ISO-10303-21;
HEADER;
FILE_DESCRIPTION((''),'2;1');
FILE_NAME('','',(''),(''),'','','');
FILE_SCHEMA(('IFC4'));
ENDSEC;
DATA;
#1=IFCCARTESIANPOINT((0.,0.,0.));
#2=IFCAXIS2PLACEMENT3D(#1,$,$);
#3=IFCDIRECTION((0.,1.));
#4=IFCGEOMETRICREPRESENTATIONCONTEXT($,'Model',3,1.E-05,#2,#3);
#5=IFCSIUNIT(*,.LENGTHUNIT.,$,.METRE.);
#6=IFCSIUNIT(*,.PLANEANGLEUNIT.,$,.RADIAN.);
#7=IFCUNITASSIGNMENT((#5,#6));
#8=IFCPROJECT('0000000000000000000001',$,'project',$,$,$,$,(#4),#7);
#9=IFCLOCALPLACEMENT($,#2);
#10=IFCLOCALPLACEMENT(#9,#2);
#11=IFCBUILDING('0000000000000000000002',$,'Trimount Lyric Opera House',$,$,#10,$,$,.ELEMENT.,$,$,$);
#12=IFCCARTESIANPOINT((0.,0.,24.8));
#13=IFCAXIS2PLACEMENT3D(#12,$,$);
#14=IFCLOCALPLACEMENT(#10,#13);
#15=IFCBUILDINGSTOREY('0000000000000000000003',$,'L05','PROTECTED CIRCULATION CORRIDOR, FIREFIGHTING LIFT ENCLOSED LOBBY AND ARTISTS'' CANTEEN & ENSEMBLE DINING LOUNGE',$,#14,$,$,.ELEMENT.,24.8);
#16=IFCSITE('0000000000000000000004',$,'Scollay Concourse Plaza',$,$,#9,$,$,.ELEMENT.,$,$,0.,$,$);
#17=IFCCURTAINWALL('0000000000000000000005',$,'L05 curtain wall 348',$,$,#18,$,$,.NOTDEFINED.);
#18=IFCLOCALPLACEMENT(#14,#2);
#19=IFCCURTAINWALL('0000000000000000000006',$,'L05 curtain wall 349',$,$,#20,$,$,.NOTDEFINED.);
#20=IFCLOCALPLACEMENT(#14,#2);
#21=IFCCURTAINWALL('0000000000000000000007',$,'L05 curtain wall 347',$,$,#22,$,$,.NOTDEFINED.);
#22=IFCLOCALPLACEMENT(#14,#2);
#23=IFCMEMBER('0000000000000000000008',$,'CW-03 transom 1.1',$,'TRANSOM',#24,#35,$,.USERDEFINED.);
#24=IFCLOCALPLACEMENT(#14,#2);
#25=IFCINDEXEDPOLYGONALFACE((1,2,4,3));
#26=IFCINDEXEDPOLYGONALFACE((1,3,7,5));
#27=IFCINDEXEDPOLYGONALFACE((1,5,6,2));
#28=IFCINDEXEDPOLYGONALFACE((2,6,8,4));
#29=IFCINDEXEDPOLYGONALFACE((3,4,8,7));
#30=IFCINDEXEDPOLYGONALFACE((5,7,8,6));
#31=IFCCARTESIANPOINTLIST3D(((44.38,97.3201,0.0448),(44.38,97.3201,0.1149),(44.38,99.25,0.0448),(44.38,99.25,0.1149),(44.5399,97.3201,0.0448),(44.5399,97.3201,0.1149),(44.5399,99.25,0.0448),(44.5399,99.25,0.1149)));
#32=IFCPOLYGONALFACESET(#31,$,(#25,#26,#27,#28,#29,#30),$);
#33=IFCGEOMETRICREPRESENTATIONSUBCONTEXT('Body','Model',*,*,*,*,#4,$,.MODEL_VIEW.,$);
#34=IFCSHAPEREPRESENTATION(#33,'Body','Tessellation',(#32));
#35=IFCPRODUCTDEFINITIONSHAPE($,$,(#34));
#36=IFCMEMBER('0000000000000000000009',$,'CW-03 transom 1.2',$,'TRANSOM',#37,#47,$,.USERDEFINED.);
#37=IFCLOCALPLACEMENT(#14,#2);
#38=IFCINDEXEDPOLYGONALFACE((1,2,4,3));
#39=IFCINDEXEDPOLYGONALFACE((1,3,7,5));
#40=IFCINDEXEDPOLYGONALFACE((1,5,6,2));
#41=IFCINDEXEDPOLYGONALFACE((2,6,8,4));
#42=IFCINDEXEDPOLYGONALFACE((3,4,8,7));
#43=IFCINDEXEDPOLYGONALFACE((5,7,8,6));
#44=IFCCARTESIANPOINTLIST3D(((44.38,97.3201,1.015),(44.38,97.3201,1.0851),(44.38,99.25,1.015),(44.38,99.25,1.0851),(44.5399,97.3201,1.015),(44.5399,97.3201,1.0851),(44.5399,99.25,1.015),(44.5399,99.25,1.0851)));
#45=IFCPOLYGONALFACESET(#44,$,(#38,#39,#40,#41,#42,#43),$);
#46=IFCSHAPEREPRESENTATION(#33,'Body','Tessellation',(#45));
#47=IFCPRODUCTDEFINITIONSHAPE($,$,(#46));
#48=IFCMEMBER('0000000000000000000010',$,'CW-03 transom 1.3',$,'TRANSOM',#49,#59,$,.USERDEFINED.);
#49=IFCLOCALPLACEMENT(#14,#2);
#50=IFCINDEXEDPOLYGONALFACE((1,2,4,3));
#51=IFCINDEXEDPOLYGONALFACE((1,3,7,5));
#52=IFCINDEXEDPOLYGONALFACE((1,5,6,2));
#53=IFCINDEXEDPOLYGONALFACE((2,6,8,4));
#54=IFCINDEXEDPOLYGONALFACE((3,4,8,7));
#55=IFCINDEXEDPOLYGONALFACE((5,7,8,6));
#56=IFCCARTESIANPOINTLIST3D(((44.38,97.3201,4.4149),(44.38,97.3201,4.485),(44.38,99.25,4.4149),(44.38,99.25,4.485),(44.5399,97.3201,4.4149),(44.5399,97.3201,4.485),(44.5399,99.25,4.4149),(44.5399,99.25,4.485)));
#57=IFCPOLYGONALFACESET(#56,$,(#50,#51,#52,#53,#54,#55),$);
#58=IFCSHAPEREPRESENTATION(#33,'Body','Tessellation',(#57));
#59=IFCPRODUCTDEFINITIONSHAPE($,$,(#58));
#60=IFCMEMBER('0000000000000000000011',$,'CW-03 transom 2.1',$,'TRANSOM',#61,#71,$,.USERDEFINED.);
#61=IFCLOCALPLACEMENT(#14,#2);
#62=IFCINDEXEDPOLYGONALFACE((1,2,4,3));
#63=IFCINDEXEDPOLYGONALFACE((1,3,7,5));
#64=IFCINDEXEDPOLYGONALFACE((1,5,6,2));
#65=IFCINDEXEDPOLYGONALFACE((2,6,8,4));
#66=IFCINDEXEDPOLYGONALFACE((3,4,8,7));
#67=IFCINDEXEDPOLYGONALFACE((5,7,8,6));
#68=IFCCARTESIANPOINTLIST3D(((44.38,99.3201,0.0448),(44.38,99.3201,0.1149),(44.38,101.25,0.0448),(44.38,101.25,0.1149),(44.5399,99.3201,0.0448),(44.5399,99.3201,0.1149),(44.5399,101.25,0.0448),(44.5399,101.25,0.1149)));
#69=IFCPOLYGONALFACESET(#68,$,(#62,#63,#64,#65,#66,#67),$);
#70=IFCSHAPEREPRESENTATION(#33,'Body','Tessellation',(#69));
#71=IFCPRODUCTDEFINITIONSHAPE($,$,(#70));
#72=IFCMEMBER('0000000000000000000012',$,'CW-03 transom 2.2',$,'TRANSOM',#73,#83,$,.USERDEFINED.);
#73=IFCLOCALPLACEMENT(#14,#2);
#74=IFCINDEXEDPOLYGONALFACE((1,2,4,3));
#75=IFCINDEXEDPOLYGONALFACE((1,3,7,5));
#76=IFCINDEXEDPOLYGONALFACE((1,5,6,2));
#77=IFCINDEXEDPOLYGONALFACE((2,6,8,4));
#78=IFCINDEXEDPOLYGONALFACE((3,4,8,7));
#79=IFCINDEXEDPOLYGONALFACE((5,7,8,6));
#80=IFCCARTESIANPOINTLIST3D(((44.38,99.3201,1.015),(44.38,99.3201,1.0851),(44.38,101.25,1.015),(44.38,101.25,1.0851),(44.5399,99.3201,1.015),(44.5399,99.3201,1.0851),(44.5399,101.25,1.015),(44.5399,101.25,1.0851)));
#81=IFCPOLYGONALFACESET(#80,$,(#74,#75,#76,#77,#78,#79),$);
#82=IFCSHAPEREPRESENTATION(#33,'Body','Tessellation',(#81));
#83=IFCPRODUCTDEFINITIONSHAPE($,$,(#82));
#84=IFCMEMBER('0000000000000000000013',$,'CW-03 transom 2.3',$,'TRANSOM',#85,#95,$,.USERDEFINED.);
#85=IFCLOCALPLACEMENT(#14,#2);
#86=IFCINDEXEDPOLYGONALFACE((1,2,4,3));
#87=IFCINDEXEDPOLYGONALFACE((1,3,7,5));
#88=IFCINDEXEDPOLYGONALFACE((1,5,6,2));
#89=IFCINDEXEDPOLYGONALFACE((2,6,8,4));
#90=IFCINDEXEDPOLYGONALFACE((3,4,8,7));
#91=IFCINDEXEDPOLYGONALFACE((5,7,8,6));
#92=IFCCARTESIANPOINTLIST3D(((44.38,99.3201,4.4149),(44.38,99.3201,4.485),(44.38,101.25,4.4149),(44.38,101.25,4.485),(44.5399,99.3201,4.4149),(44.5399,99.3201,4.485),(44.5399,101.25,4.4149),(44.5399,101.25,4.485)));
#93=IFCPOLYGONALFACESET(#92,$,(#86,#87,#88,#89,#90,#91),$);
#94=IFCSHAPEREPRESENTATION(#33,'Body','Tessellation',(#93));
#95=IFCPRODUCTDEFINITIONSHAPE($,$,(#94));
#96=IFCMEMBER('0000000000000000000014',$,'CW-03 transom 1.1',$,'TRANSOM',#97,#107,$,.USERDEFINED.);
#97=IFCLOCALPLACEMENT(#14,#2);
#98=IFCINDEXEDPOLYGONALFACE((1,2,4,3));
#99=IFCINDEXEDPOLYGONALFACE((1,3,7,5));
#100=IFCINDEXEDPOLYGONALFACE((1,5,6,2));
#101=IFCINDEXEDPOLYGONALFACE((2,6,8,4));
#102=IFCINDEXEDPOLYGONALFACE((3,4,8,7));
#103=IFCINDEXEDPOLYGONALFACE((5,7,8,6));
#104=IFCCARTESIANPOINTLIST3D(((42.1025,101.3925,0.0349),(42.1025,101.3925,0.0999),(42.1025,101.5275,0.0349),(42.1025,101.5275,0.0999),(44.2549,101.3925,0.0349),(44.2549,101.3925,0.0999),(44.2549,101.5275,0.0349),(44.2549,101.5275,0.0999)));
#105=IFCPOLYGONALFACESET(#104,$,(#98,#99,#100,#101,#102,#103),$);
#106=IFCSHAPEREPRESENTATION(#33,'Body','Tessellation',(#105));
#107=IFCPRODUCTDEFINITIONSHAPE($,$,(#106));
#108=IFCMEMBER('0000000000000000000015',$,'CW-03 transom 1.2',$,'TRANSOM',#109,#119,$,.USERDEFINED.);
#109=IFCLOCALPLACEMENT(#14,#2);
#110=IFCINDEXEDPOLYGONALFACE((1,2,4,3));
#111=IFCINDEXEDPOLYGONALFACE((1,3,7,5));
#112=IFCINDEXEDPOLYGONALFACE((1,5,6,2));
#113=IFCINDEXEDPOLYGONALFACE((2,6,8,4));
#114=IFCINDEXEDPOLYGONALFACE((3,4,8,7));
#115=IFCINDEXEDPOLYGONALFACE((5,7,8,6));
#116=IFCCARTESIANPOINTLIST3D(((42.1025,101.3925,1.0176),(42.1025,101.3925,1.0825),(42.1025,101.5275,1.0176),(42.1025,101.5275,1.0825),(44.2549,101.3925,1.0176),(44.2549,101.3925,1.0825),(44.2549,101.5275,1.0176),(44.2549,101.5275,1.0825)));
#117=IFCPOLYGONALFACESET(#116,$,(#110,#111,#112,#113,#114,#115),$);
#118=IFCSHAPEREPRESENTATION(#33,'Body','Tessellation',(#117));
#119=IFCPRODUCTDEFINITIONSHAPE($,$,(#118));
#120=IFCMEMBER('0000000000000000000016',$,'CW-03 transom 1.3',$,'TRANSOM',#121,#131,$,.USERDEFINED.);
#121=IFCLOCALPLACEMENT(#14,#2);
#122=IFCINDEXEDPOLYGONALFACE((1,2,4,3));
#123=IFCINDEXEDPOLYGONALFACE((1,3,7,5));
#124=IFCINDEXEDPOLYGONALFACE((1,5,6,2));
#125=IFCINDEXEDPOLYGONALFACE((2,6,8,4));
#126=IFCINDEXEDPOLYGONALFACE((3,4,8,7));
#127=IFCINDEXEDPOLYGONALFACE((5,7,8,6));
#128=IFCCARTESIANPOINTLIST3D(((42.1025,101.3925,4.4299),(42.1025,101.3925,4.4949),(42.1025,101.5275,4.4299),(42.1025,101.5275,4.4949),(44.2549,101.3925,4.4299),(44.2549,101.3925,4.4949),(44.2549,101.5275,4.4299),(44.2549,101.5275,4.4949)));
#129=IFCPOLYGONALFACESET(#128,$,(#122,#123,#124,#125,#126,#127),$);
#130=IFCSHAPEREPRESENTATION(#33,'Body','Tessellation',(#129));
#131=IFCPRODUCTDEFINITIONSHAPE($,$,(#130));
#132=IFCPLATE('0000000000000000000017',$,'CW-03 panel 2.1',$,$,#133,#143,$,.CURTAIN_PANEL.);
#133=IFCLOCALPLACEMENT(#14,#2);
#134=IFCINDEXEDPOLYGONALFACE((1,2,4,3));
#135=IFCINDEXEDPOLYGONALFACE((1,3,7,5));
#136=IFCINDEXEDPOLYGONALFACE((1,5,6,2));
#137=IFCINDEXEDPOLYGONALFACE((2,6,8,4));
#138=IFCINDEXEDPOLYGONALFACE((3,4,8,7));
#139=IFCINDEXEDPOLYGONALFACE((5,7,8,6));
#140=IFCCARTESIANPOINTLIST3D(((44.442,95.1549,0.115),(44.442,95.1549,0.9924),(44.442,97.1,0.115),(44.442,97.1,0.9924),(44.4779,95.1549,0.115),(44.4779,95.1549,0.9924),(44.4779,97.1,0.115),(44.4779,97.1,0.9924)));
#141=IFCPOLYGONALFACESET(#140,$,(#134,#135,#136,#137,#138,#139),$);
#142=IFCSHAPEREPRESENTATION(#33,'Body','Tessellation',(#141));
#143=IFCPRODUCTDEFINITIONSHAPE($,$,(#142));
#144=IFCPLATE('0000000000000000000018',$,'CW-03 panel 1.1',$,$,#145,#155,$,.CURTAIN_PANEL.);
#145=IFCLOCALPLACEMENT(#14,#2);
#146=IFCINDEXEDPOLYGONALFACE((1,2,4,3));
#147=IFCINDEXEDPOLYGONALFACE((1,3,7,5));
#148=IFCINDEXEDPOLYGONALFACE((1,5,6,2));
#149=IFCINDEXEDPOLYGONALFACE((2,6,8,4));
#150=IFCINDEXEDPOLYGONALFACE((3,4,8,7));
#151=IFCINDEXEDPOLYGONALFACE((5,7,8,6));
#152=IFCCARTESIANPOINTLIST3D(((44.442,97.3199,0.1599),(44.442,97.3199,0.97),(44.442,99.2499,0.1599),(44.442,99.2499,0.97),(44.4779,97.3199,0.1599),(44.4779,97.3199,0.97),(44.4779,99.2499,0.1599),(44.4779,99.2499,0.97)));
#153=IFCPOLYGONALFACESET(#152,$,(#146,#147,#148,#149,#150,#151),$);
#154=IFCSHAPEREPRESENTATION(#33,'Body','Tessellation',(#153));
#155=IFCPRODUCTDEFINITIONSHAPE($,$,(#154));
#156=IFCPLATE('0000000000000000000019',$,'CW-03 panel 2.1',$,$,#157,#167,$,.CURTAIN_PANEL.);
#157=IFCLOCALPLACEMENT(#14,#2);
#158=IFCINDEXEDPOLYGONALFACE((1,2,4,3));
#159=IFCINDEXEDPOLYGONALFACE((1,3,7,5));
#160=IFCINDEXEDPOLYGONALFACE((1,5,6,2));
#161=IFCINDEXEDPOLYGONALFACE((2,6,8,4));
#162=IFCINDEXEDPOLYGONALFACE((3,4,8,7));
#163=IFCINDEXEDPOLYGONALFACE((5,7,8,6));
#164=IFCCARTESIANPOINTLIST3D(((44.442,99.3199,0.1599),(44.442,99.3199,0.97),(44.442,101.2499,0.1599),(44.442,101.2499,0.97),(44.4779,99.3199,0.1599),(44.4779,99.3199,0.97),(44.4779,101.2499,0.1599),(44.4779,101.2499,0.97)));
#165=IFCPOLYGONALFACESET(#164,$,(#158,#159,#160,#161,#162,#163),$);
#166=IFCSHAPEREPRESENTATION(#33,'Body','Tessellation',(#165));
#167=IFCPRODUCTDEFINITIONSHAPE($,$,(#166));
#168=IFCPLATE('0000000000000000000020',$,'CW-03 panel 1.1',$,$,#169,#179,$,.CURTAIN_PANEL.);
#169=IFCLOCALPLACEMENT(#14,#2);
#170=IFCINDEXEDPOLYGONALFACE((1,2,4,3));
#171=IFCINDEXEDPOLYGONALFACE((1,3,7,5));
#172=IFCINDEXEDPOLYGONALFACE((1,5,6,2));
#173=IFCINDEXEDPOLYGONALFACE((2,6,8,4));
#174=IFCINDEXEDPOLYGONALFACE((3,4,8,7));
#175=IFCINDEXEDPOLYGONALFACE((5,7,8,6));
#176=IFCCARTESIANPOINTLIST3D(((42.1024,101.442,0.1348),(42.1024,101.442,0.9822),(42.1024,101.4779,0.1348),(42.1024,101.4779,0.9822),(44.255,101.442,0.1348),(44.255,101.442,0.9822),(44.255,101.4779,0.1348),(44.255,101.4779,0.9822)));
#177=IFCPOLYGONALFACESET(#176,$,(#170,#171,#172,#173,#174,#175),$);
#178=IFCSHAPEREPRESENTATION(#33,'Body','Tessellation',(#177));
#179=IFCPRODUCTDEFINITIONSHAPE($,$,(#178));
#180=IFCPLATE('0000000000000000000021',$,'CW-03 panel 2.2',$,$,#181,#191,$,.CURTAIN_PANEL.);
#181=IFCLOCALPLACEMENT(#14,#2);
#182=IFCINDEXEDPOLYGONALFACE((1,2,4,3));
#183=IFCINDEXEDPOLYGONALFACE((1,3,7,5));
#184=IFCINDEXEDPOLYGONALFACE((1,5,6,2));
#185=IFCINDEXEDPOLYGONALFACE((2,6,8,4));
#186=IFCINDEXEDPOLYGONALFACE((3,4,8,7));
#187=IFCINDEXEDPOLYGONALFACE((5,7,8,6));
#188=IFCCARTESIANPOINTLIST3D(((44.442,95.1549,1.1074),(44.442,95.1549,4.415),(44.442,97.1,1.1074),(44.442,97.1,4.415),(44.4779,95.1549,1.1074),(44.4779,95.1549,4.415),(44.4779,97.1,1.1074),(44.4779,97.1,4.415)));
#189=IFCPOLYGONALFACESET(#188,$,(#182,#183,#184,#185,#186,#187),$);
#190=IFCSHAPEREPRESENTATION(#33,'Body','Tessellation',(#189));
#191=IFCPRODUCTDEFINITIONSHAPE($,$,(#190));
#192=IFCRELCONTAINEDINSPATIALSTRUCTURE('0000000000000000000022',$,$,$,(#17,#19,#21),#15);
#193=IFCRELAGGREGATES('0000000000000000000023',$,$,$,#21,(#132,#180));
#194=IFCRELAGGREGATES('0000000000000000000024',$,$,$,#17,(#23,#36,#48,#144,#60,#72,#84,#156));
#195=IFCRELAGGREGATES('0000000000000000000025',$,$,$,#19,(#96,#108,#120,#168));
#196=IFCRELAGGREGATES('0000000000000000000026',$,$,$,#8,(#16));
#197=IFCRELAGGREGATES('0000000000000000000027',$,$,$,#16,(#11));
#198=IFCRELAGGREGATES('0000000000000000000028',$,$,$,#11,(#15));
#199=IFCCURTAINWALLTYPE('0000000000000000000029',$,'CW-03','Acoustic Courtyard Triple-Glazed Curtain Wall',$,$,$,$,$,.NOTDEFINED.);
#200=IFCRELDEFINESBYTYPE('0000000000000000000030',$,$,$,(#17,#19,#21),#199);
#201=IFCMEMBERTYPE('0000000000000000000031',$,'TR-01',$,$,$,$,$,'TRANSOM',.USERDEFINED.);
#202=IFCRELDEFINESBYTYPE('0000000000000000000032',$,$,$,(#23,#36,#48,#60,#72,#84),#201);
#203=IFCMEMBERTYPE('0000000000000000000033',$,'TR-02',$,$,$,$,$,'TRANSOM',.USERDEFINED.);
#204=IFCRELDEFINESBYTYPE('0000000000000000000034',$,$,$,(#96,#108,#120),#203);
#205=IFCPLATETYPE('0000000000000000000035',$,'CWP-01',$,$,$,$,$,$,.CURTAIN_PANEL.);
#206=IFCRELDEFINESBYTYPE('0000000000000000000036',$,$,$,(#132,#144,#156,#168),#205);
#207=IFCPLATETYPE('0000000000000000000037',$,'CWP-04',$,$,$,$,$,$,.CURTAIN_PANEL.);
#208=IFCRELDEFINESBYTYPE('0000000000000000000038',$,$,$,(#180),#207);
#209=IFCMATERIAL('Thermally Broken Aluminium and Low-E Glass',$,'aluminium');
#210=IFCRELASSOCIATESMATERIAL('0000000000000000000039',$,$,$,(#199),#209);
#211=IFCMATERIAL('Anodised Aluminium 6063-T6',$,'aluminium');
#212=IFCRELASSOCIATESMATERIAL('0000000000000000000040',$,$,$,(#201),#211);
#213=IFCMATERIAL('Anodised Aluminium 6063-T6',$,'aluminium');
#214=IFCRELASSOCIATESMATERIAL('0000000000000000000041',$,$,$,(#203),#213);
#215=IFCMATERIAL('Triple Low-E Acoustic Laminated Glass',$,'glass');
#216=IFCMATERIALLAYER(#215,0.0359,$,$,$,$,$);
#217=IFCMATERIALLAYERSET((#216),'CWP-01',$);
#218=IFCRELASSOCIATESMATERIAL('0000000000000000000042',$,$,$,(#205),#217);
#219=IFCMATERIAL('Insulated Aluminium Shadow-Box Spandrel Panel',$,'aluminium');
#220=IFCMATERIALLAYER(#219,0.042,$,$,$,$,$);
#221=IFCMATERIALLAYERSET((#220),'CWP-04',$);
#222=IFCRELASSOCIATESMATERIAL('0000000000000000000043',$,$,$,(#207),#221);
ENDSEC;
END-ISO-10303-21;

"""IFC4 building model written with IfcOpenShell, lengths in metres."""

from ifc_helpers import new_model, si_unit, direction, frame, origin, origin_2d, place, context, subcontext, project, spatial, rectangle, extrude, material, layer, layer_set, material_profile, profile_set, type_object, element, aggregate, save


model = new_model("IFC4")

# Units and contexts
model_context = context("Model", 3, precision=1e-05, world=origin(), true_north=direction((0.0, 1.0)))
body_context = subcontext(model_context, "Body", "Model", "MODEL_VIEW")
ifc_project = project(units=[si_unit("LENGTHUNIT", "METRE"), si_unit("PLANEANGLEUNIT", "RADIAN")], contexts=[model_context])

# Site, building, storey
site_placement = place(None, origin())
site = spatial("IfcSite", under=ifc_project, at=site_placement, Name="Scollay Concourse Plaza", CompositionType="ELEMENT", RefElevation=0.0)
building_placement = place(site_placement, origin())
building = spatial("IfcBuilding", under=site, at=building_placement, Name="Trimount Lyric Opera House", CompositionType="ELEMENT")
storey_placement = place(building_placement, frame((0.0, 0.0, 24.8)))
storey = spatial("IfcBuildingStorey", under=building, at=storey_placement, Name="L05", Description="PROTECTED CIRCULATION CORRIDOR, FIREFIGHTING LIFT ENCLOSED LOBBY AND ARTISTS' CANTEEN & ENSEMBLE DINING LOUNGE", CompositionType="ELEMENT", Elevation=24.8)

# Curtain walls
ifc_material_1 = material(Name="Thermally Broken Aluminium and Low-E Glass", Category="aluminium")
curtain_wall_type = type_object("IfcCurtainWallType", Name="CW-03", Description="Acoustic Courtyard Triple-Glazed Curtain Wall", PredefinedType="NOTDEFINED", material=ifc_material_1)
curtain_wall_1_placement = place(storey_placement, origin())
curtain_wall_1 = element("IfcCurtainWall", 1, at=curtain_wall_1_placement, inside=storey, type_object=curtain_wall_type, Name="L05 curtain wall 348", PredefinedType="NOTDEFINED")
curtain_wall_2_placement = place(storey_placement, origin())
curtain_wall_2 = element("IfcCurtainWall", 2, at=curtain_wall_2_placement, inside=storey, type_object=curtain_wall_type, Name="L05 curtain wall 349", PredefinedType="NOTDEFINED")

# Curtain wall
curtain_wall_3_placement = place(storey_placement, origin())
curtain_wall_3 = element("IfcCurtainWall", 3, at=curtain_wall_3_placement, inside=storey, type_object=curtain_wall_type, Name="L05 curtain wall 347", PredefinedType="NOTDEFINED")

# Members
ifc_material_2 = material(Name="Anodised Aluminium 6063-T6", Category="aluminium")
ifc_material_profile_1 = material_profile(ifc_material_2, rectangle(XDim=0.1599, YDim=0.0701, at=origin_2d()), Name="ALU-TRAN-70X160")
ifc_profile_set_1 = profile_set([ifc_material_profile_1], Name="Anodised Aluminium 6063-T6")
member_type_1 = type_object("IfcMemberType", Name="TR-01", ElementType="TRANSOM", PredefinedType="USERDEFINED", material=ifc_profile_set_1)
member_1_placement = place(storey_placement, frame((44.46, 97.3201, 0.0798), z_axis=(0.0, 1.0, 0.0), x_axis=(-1.0, 0.0, 0.0)))
member_1 = element("IfcMember", 4, at=member_1_placement, type_object=member_type_1, Name="CW-03 transom 1.1", ObjectType="TRANSOM", PredefinedType="USERDEFINED", context=body_context, shape_type="SweptSolid", body=[
    extrude(rectangle(XDim=0.1599, YDim=0.0701, at=origin_2d()), origin(), (0.0, 0.0, 1.0), 1.9299),
])
member_2_placement = place(storey_placement, frame((44.46, 97.3201, 1.05), z_axis=(0.0, 1.0, 0.0), x_axis=(-1.0, 0.0, 0.0)))
member_2 = element("IfcMember", 5, at=member_2_placement, type_object=member_type_1, Name="CW-03 transom 1.2", ObjectType="TRANSOM", PredefinedType="USERDEFINED", context=body_context, shape_type="SweptSolid", body=[
    extrude(rectangle(XDim=0.1599, YDim=0.0701, at=origin_2d()), origin(), (0.0, 0.0, 1.0), 1.9299),
])
member_3_placement = place(storey_placement, frame((44.46, 97.3201, 4.45), z_axis=(0.0, 1.0, 0.0), x_axis=(-1.0, 0.0, 0.0)))
member_3 = element("IfcMember", 6, at=member_3_placement, type_object=member_type_1, Name="CW-03 transom 1.3", ObjectType="TRANSOM", PredefinedType="USERDEFINED", context=body_context, shape_type="SweptSolid", body=[
    extrude(rectangle(XDim=0.1599, YDim=0.0701, at=origin_2d()), origin(), (0.0, 0.0, 1.0), 1.9299),
])
member_4_placement = place(storey_placement, frame((44.46, 99.3201, 0.0798), z_axis=(0.0, 1.0, 0.0), x_axis=(-1.0, 0.0, 0.0)))
member_4 = element("IfcMember", 7, at=member_4_placement, type_object=member_type_1, Name="CW-03 transom 2.1", ObjectType="TRANSOM", PredefinedType="USERDEFINED", context=body_context, shape_type="SweptSolid", body=[
    extrude(rectangle(XDim=0.1599, YDim=0.0701, at=origin_2d()), origin(), (0.0, 0.0, 1.0), 1.9299),
])
member_5_placement = place(storey_placement, frame((44.46, 99.3201, 1.05), z_axis=(0.0, 1.0, 0.0), x_axis=(-1.0, 0.0, 0.0)))
member_5 = element("IfcMember", 8, at=member_5_placement, type_object=member_type_1, Name="CW-03 transom 2.2", ObjectType="TRANSOM", PredefinedType="USERDEFINED", context=body_context, shape_type="SweptSolid", body=[
    extrude(rectangle(XDim=0.1599, YDim=0.0701, at=origin_2d()), origin(), (0.0, 0.0, 1.0), 1.9299),
])
member_6_placement = place(storey_placement, frame((44.46, 99.3201, 4.45), z_axis=(0.0, 1.0, 0.0), x_axis=(-1.0, 0.0, 0.0)))
member_6 = element("IfcMember", 9, at=member_6_placement, type_object=member_type_1, Name="CW-03 transom 2.3", ObjectType="TRANSOM", PredefinedType="USERDEFINED", context=body_context, shape_type="SweptSolid", body=[
    extrude(rectangle(XDim=0.1599, YDim=0.0701, at=origin_2d()), origin(), (0.0, 0.0, 1.0), 1.9299),
])
ifc_material_3 = material(Name="Anodised Aluminium 6063-T6", Category="aluminium")
ifc_material_profile_2 = material_profile(ifc_material_3, rectangle(XDim=0.135, YDim=0.0649, at=origin_2d()), Name="ALU-TRAN-65X135")
ifc_profile_set_2 = profile_set([ifc_material_profile_2], Name="Anodised Aluminium 6063-T6")
member_type_2 = type_object("IfcMemberType", Name="TR-02", ElementType="TRANSOM", PredefinedType="USERDEFINED", material=ifc_profile_set_2)
member_7_placement = place(storey_placement, frame((44.2549, 101.46, 0.0674), z_axis=(-1.0, 0.0, 0.0), x_axis=(0.0, -1.0, 0.0)))
member_7 = element("IfcMember", 10, at=member_7_placement, type_object=member_type_2, Name="CW-03 transom 1.1", ObjectType="TRANSOM", PredefinedType="USERDEFINED", context=body_context, shape_type="SweptSolid", body=[
    extrude(rectangle(XDim=0.135, YDim=0.0649, at=origin_2d()), origin(), (0.0, 0.0, 1.0), 2.1523),
])
member_8_placement = place(storey_placement, frame((44.2549, 101.46, 1.05), z_axis=(-1.0, 0.0, 0.0), x_axis=(0.0, -1.0, 0.0)))
member_8 = element("IfcMember", 11, at=member_8_placement, type_object=member_type_2, Name="CW-03 transom 1.2", ObjectType="TRANSOM", PredefinedType="USERDEFINED", context=body_context, shape_type="SweptSolid", body=[
    extrude(rectangle(XDim=0.135, YDim=0.0649, at=origin_2d()), origin(), (0.0, 0.0, 1.0), 2.1523),
])
member_9_placement = place(storey_placement, frame((44.2549, 101.46, 4.4624), z_axis=(-1.0, 0.0, 0.0), x_axis=(0.0, -1.0, 0.0)))
member_9 = element("IfcMember", 12, at=member_9_placement, type_object=member_type_2, Name="CW-03 transom 1.3", ObjectType="TRANSOM", PredefinedType="USERDEFINED", context=body_context, shape_type="SweptSolid", body=[
    extrude(rectangle(XDim=0.135, YDim=0.0649, at=origin_2d()), origin(), (0.0, 0.0, 1.0), 2.1523),
])

# Plates
ifc_material_4 = material(Name="Triple Low-E Acoustic Laminated Glass", Category="glass")
ifc_layer_1 = layer(ifc_material_4, 0.0359)
ifc_layer_set_1 = layer_set([ifc_layer_1], Name="CWP-01")
plate_type_1 = type_object("IfcPlateType", Name="CWP-01", PredefinedType="CURTAIN_PANEL", material=ifc_layer_set_1)
plate_1_placement = place(storey_placement, frame((44.46, 96.1274, 0.115), z_axis=(0.0, 0.0, 1.0), x_axis=(0.0, 1.0, 0.0)))
plate_1 = element("IfcPlate", 13, at=plate_1_placement, type_object=plate_type_1, Name="CW-03 panel 2.1", PredefinedType="CURTAIN_PANEL", context=body_context, shape_type="SweptSolid", body=[
    extrude(rectangle(XDim=1.9451, YDim=0.0359, at=origin_2d()), origin(), (0.0, 0.0, 1.0), 0.8774),
])
plate_2_placement = place(storey_placement, frame((44.46, 98.2849, 0.1599), z_axis=(0.0, 0.0, 1.0), x_axis=(0.0, 1.0, 0.0)))
plate_2 = element("IfcPlate", 14, at=plate_2_placement, type_object=plate_type_1, Name="CW-03 panel 1.1", PredefinedType="CURTAIN_PANEL", context=body_context, shape_type="SweptSolid", body=[
    extrude(rectangle(XDim=1.9299, YDim=0.0359, at=origin_2d()), origin(), (0.0, 0.0, 1.0), 0.8101),
])
plate_3_placement = place(storey_placement, frame((44.46, 100.2849, 0.1599), z_axis=(0.0, 0.0, 1.0), x_axis=(0.0, 1.0, 0.0)))
plate_3 = element("IfcPlate", 15, at=plate_3_placement, type_object=plate_type_1, Name="CW-03 panel 2.1", PredefinedType="CURTAIN_PANEL", context=body_context, shape_type="SweptSolid", body=[
    extrude(rectangle(XDim=1.9299, YDim=0.0359, at=origin_2d()), origin(), (0.0, 0.0, 1.0), 0.8101),
])
plate_4_placement = place(storey_placement, frame((43.1787, 101.46, 0.1348), z_axis=(0.0, 0.0, 1.0), x_axis=(-1.0, 0.0, 0.0)))
plate_4 = element("IfcPlate", 16, at=plate_4_placement, type_object=plate_type_1, Name="CW-03 panel 1.1", PredefinedType="CURTAIN_PANEL", context=body_context, shape_type="SweptSolid", body=[
    extrude(rectangle(XDim=2.1526, YDim=0.0359, at=origin_2d()), origin(), (0.0, 0.0, 1.0), 0.8474),
])
ifc_material_5 = material(Name="Insulated Aluminium Shadow-Box Spandrel Panel", Category="aluminium")
ifc_layer_2 = layer(ifc_material_5, 0.042)
ifc_layer_set_2 = layer_set([ifc_layer_2], Name="CWP-04")
plate_type_2 = type_object("IfcPlateType", Name="CWP-04", PredefinedType="CURTAIN_PANEL", material=ifc_layer_set_2)
plate_5_placement = place(storey_placement, frame((44.46, 96.1274, 1.1074), z_axis=(0.0, 0.0, 1.0), x_axis=(0.0, 1.0, 0.0)))
plate_5 = element("IfcPlate", 17, at=plate_5_placement, type_object=plate_type_2, Name="CW-03 panel 2.2", PredefinedType="CURTAIN_PANEL", context=body_context, shape_type="SweptSolid", body=[
    extrude(rectangle(XDim=1.9451, YDim=0.0359, at=origin_2d()), origin(), (0.0, 0.0, 1.0), 3.3076),
])
aggregate(curtain_wall_3, [plate_1, plate_5])
aggregate(curtain_wall_1, [member_1, member_2, member_3, plate_2, member_4, member_5, member_6, plate_3])
aggregate(curtain_wall_2, [member_7, member_8, member_9, plate_4])

save(model, "model.ifc")
